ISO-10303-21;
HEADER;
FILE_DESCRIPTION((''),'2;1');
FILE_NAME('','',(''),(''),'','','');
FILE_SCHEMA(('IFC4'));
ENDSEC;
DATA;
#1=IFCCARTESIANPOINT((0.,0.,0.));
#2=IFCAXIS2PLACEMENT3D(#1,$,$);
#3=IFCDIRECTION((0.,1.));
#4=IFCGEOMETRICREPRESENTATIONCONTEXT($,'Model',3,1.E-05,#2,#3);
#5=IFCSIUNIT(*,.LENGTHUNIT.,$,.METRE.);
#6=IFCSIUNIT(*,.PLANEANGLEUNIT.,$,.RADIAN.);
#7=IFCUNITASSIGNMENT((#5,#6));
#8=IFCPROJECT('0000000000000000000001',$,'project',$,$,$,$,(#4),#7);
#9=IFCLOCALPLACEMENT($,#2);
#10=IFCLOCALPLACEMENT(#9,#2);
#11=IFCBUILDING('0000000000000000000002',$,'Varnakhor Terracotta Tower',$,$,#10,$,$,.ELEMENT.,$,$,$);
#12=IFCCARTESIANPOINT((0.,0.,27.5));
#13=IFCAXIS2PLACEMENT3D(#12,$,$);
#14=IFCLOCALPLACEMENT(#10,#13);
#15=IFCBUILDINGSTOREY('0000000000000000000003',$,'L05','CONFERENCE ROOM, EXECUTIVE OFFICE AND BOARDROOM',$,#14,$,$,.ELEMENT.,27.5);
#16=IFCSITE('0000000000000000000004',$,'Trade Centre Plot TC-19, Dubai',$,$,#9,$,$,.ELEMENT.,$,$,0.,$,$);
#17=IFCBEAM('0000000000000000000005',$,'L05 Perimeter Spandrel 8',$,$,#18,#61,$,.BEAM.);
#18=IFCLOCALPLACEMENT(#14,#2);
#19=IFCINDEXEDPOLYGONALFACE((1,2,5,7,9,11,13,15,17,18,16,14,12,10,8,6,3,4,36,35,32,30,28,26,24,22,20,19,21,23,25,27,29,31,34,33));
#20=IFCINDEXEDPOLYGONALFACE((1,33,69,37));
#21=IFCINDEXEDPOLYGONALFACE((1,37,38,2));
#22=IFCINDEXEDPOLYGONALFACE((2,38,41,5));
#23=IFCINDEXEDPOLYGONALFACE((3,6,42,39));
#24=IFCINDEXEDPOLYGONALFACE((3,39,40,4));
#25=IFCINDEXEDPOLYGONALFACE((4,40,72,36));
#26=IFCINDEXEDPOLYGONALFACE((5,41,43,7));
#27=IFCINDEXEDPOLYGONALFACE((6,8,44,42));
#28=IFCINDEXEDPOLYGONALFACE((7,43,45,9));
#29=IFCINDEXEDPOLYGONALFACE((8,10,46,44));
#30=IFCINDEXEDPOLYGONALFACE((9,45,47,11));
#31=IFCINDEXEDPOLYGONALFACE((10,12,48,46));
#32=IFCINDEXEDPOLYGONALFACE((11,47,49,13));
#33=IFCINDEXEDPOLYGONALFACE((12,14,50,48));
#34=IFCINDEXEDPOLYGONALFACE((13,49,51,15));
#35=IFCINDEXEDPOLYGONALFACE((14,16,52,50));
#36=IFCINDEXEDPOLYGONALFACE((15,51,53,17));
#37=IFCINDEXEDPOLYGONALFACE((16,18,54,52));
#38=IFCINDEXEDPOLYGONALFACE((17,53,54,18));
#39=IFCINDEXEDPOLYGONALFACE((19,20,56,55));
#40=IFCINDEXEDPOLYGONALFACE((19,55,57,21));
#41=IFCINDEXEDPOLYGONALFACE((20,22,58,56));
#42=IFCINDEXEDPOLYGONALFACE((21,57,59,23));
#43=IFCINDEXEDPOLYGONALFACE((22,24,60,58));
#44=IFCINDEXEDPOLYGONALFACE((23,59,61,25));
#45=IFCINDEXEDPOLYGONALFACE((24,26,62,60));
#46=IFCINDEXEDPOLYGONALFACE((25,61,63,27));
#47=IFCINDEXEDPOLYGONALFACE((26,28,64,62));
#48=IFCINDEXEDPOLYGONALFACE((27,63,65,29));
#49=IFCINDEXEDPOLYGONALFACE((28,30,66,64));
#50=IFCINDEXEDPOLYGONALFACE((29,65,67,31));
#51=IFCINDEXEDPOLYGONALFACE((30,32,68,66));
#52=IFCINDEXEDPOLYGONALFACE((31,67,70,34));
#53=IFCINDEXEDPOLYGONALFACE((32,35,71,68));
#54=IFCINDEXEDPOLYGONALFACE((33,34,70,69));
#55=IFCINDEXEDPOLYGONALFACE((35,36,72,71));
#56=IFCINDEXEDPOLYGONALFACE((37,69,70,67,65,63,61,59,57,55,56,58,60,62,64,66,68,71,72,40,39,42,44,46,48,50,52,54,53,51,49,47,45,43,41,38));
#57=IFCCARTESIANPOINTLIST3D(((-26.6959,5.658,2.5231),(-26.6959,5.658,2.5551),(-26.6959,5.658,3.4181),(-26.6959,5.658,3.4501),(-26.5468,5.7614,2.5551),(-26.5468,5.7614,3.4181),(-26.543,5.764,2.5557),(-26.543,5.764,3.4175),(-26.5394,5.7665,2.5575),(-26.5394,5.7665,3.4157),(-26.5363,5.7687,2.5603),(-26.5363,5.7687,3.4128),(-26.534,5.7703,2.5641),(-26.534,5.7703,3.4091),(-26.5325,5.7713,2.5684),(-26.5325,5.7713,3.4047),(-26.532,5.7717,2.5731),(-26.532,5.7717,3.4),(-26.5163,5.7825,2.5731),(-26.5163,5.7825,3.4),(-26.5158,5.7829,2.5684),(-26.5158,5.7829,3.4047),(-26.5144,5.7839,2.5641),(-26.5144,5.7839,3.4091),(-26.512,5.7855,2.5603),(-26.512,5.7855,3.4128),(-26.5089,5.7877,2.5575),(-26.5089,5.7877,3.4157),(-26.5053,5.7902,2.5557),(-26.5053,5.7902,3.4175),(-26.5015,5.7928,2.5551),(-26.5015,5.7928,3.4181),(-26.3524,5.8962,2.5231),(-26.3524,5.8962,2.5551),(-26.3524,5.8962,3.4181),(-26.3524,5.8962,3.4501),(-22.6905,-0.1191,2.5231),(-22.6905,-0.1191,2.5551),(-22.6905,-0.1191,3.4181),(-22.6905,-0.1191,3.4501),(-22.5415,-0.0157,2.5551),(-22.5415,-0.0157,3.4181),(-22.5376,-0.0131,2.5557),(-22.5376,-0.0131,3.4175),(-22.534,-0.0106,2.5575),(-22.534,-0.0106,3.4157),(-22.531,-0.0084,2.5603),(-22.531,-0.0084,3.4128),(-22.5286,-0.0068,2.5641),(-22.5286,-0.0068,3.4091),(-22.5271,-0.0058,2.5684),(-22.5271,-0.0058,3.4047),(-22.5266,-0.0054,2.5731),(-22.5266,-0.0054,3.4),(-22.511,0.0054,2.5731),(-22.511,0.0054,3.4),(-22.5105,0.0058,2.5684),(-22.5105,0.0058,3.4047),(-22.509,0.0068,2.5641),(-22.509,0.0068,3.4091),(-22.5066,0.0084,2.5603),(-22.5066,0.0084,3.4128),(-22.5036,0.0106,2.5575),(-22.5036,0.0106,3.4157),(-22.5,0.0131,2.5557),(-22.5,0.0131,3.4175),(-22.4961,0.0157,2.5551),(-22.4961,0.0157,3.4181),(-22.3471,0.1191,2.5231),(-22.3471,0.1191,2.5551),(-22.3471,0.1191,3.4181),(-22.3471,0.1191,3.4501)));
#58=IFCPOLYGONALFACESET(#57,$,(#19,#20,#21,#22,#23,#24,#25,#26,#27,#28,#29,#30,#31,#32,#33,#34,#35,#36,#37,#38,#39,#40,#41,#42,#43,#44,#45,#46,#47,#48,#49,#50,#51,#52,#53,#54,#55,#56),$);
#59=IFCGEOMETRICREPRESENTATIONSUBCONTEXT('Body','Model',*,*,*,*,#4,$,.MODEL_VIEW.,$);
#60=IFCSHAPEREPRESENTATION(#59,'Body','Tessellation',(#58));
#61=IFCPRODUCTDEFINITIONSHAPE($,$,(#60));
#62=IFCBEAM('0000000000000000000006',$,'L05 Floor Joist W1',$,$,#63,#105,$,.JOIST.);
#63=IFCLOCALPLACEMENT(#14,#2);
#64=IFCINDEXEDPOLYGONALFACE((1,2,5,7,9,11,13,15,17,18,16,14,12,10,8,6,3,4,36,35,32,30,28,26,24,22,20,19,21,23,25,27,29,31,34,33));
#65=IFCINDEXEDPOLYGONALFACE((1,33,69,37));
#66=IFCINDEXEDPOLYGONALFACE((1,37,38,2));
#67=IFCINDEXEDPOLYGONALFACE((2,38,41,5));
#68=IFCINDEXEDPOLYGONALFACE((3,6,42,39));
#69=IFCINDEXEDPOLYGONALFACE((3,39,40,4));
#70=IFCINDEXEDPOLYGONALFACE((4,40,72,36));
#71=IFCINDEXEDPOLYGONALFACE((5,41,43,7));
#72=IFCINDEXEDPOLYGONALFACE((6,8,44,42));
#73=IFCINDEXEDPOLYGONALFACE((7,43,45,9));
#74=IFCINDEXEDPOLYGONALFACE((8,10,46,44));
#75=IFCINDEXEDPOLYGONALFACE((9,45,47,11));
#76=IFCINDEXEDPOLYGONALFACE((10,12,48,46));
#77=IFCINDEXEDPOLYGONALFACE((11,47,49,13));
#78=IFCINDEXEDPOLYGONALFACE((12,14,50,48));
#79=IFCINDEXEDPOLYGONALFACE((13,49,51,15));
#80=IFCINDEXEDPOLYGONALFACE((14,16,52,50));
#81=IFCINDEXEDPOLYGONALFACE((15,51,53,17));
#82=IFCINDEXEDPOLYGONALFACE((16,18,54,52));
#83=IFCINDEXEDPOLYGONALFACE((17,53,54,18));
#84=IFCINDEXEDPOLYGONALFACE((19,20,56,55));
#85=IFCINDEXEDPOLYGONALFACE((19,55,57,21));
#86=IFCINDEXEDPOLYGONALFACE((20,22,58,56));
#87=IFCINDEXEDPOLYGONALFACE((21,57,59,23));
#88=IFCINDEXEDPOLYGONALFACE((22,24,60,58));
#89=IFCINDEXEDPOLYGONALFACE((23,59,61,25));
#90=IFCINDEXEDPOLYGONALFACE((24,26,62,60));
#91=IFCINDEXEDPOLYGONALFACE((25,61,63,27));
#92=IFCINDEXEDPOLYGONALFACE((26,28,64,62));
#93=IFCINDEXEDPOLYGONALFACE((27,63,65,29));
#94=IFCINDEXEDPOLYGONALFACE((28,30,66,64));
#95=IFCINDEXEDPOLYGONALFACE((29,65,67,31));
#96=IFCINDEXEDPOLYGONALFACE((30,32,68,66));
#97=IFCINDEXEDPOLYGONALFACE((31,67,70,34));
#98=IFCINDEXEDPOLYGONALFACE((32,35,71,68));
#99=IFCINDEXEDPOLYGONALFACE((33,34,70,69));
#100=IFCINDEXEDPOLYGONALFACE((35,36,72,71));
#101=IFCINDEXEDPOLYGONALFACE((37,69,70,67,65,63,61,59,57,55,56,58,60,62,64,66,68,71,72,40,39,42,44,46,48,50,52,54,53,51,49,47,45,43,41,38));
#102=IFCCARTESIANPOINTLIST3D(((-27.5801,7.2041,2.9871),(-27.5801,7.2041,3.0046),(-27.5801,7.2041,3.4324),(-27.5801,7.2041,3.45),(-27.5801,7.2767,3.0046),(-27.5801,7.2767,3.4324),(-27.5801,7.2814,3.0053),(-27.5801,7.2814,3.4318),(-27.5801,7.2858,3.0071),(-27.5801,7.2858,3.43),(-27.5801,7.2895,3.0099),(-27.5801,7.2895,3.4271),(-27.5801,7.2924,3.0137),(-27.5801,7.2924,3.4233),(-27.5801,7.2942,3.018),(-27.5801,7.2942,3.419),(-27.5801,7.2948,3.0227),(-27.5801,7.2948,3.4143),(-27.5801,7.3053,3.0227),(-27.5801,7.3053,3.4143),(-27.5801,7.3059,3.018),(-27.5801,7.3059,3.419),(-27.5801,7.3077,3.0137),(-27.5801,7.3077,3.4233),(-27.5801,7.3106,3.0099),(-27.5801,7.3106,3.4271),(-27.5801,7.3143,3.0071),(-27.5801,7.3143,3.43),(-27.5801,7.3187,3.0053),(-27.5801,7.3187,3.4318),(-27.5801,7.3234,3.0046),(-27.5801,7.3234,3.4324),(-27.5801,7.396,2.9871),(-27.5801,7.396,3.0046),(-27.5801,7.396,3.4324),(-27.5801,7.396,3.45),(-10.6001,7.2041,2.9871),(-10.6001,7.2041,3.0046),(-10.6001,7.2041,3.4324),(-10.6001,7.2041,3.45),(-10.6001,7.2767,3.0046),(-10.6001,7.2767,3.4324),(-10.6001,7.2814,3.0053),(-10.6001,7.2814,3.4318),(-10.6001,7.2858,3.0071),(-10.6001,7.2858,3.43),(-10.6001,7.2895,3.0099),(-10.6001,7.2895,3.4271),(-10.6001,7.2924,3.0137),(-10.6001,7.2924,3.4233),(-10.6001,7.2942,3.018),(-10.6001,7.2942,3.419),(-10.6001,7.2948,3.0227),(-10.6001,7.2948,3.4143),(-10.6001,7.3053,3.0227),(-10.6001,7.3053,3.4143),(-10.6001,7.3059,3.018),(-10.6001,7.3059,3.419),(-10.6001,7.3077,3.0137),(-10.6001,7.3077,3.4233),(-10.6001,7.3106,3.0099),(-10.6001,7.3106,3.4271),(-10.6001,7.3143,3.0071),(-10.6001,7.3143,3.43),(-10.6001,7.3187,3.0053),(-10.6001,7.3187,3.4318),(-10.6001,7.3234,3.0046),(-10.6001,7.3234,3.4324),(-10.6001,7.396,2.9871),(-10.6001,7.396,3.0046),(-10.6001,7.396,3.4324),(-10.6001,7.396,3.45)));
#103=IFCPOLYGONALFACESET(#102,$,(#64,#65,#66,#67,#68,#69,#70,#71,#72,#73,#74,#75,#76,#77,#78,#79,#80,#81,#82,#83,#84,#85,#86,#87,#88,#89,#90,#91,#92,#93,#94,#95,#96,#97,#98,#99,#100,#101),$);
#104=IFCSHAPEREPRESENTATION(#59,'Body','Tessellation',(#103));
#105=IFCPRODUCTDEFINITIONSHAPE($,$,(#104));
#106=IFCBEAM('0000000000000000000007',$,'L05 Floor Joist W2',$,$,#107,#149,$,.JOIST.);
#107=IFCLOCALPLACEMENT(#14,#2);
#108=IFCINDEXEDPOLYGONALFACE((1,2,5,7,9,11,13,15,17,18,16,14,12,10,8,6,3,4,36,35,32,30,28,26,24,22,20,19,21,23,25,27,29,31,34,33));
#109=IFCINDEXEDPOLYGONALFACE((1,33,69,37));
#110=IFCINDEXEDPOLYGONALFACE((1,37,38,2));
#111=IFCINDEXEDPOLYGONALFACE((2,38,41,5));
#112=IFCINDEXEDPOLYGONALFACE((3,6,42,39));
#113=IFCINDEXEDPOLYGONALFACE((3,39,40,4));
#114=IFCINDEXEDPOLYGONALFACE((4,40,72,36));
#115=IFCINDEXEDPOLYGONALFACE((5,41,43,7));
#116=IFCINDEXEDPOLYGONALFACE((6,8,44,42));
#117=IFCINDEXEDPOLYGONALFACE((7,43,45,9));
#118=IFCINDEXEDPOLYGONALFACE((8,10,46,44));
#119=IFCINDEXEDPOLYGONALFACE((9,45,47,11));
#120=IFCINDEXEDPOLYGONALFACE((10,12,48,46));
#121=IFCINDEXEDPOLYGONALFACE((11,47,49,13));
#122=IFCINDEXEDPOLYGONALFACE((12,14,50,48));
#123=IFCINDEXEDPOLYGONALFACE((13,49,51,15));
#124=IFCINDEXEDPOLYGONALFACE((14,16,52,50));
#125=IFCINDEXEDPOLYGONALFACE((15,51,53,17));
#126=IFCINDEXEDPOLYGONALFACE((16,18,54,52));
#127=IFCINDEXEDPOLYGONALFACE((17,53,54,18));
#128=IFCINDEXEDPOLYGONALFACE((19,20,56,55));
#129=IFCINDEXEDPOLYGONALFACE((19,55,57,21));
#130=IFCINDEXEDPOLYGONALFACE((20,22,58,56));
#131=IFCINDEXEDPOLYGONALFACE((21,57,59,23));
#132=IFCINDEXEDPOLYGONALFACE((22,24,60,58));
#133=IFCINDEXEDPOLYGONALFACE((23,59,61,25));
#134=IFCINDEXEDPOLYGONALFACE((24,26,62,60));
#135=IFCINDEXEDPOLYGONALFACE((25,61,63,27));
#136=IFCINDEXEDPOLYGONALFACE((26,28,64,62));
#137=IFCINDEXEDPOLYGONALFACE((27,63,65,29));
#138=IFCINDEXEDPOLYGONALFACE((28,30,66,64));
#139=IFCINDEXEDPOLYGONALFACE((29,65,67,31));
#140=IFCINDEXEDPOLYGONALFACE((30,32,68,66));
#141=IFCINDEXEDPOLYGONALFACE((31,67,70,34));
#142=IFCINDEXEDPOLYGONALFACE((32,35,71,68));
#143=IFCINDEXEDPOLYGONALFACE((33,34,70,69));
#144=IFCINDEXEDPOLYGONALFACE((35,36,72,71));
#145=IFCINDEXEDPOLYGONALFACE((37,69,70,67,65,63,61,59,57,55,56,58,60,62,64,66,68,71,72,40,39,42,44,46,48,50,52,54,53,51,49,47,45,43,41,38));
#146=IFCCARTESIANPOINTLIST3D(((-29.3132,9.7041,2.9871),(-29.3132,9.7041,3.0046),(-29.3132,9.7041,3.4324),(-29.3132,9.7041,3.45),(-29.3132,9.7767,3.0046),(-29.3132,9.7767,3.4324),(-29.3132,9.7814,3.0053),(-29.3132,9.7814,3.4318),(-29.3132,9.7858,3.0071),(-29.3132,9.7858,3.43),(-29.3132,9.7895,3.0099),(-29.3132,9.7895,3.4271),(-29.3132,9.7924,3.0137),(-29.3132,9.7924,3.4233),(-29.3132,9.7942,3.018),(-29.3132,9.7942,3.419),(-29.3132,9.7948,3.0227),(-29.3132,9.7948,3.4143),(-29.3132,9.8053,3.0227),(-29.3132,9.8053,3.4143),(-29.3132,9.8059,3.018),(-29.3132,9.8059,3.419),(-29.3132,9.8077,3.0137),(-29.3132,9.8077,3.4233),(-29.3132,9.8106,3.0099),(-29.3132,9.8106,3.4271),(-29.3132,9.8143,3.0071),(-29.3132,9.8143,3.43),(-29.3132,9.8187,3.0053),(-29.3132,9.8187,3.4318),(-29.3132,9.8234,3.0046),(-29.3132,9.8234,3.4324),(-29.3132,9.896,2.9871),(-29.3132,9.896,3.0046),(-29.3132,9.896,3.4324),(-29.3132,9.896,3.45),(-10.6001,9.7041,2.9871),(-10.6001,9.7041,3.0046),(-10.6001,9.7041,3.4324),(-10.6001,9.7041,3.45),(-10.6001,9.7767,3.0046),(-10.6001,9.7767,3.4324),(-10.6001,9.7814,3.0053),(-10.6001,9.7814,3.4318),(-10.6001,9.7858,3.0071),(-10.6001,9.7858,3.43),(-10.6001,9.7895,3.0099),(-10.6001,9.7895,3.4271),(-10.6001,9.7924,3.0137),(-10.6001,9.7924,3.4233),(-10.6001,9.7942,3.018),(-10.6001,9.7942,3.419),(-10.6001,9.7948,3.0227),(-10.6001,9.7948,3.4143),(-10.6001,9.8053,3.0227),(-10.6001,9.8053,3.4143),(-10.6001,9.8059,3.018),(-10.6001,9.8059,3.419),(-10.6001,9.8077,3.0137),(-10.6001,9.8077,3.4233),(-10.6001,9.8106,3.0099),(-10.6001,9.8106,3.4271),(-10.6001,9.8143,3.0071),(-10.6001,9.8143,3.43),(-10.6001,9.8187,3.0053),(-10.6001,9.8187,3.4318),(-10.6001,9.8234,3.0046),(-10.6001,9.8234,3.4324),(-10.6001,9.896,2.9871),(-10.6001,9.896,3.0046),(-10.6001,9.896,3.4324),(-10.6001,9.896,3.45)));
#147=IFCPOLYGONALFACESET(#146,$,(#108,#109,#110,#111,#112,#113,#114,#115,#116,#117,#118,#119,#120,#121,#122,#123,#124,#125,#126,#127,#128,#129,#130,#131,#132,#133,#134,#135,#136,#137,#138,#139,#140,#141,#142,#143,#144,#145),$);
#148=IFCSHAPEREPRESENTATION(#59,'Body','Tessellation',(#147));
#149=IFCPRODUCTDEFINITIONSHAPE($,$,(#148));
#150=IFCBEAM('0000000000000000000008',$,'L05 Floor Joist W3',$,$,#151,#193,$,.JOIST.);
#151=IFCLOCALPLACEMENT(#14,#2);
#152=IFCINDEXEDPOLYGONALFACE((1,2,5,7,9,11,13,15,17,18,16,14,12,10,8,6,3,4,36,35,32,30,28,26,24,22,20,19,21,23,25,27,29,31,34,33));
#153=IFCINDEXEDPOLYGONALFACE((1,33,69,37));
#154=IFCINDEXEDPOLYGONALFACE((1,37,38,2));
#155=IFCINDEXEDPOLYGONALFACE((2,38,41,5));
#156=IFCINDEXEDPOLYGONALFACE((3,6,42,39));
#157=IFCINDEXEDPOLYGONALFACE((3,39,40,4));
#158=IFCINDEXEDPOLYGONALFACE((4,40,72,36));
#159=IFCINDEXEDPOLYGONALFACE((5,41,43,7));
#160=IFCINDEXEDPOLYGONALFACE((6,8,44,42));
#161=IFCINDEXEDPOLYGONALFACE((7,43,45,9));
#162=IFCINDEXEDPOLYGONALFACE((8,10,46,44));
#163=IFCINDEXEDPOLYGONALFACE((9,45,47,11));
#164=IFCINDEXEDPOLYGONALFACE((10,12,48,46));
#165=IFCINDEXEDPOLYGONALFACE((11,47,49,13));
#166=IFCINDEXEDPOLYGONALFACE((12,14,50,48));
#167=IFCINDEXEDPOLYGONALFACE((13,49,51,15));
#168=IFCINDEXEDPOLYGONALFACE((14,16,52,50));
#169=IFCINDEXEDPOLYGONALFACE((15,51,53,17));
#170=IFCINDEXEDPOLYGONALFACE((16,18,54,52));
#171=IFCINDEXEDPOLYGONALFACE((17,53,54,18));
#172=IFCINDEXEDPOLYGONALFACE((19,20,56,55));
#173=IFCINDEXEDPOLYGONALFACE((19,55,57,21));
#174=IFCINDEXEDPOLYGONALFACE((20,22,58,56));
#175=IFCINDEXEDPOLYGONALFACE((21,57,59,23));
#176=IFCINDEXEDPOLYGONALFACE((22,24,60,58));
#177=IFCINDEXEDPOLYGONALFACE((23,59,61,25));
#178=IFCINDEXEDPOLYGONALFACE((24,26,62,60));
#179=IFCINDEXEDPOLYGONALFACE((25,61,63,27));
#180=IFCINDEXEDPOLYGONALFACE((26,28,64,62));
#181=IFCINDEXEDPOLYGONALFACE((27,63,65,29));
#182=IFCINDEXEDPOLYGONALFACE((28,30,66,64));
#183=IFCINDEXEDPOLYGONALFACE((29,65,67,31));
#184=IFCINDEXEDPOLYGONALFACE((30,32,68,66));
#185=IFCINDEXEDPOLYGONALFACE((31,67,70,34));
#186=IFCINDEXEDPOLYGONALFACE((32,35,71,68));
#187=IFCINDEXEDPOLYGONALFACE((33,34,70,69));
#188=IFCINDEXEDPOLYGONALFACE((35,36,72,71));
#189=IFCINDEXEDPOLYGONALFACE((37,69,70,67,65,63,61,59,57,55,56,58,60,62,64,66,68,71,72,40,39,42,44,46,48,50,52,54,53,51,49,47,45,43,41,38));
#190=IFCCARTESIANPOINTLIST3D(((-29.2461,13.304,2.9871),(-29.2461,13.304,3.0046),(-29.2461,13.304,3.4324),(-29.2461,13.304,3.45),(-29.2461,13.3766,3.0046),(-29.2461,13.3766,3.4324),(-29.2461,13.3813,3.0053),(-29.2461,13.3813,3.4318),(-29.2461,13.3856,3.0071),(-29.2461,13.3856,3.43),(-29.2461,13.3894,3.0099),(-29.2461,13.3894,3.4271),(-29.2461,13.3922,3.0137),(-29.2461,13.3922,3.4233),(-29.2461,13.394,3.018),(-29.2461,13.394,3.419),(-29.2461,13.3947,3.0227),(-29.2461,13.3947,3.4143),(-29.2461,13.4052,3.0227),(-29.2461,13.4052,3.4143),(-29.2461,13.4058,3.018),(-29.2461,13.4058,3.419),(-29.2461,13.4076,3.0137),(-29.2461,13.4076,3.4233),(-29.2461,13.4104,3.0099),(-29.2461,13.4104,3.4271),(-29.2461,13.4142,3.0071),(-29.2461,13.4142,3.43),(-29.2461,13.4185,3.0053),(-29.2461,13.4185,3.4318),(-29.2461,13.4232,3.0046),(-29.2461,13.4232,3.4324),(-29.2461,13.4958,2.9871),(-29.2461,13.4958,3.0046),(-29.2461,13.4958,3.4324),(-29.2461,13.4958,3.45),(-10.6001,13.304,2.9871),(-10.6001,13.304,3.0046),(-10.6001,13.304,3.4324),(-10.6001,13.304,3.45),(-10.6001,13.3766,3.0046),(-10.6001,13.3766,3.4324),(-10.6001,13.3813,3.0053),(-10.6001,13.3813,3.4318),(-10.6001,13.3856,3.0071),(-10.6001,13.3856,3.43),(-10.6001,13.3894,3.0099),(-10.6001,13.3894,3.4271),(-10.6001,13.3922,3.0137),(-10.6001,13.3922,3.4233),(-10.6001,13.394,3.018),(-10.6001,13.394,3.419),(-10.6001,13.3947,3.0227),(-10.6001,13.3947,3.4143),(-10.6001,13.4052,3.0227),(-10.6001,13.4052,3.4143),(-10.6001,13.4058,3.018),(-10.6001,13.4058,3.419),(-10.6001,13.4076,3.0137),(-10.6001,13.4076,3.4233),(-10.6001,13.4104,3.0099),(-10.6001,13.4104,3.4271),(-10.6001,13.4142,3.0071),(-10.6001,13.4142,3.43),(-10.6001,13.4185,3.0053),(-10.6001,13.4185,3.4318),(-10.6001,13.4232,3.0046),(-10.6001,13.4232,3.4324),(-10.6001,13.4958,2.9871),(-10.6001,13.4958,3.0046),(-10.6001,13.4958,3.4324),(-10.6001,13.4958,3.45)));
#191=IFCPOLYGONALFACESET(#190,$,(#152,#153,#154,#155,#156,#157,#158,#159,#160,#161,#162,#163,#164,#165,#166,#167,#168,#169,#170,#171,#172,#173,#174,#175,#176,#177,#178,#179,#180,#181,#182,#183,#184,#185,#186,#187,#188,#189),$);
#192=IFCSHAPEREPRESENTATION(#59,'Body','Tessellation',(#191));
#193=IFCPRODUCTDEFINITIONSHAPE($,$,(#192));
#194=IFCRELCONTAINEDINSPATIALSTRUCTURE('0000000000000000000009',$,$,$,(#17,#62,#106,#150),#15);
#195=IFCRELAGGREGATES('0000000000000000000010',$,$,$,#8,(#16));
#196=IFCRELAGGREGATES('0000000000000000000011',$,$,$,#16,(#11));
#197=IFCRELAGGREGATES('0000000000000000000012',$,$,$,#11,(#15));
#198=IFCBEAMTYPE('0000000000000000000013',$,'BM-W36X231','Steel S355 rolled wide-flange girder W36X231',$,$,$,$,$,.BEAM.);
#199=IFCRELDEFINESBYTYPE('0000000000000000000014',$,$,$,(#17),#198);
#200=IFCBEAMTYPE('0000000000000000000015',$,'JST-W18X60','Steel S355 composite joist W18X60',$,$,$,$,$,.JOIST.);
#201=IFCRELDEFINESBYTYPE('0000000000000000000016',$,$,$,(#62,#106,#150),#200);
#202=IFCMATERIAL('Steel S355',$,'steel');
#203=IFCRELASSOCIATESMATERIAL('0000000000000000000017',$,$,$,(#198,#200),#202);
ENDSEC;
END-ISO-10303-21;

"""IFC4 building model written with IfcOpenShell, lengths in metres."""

from ifc_helpers import new_model, si_unit, direction, frame, origin, origin_2d, place, context, subcontext, project, spatial, i_section, extrude, source, transform, mapped, material, material_profile, profile_set, type_object, type_shapes, element, save


model = new_model("IFC4")

# Units and contexts
model_context = context("Model", 3, precision=1e-05, world=origin(), true_north=direction((0.0, 1.0)))
body_context = subcontext(model_context, "Body", "Model", "MODEL_VIEW")
ifc_project = project(units=[si_unit("LENGTHUNIT", "METRE"), si_unit("PLANEANGLEUNIT", "RADIAN")], contexts=[model_context])

# Site, building, storey
site_placement = place(None, origin())
site = spatial("IfcSite", under=ifc_project, at=site_placement, Name="Trade Centre Plot TC-19, Dubai", CompositionType="ELEMENT", RefElevation=0.0)
building_placement = place(site_placement, origin())
building = spatial("IfcBuilding", under=site, at=building_placement, Name="Varnakhor Terracotta Tower", CompositionType="ELEMENT")
storey_placement = place(building_placement, frame((0.0, 0.0, 27.5)))
storey = spatial("IfcBuildingStorey", under=building, at=storey_placement, Name="L05", Description="CONFERENCE ROOM, EXECUTIVE OFFICE AND BOARDROOM", CompositionType="ELEMENT", Elevation=27.5)

# Beams
ifc_material_1 = material(Name="Steel S355", Category="steel")
ifc_material_profile_1 = material_profile(ifc_material_1, i_section(OverallWidth=0.418, OverallDepth=0.927, WebThickness=0.019, FlangeThickness=0.032, FilletRadius=0.0181, at=origin_2d()), Name="W36X231")
ifc_profile_set_1 = profile_set([ifc_material_profile_1], Name="Steel S355")
beam_type_1 = type_object("IfcBeamType", Name="BM-W36X231", Description="Steel S355 rolled wide-flange girder W36X231", PredefinedType="BEAM", material=ifc_profile_set_1)
shared_shape_1 = source(origin(), body_context, "Body", "SweptSolid", [
    extrude(i_section(OverallWidth=0.418, OverallDepth=0.927, WebThickness=0.019, FlangeThickness=0.032, FilletRadius=0.0181, at=origin_2d()), origin(), (0.0, 0.0, 1.0), 7.0298),
])
for number, where, z_axis, x_axis, name in (
    (1, (-26.5242, 5.7771, 2.9866), (0.569771, -0.821803, 0.0), (0.821803, 0.569771, 0.0), "L05 Perimeter Spandrel 8"),
):
    element("IfcBeam", number, at=place(storey_placement, frame(where, z_axis=z_axis, x_axis=x_axis)), inside=storey, type_object=beam_type_1, Name=name, PredefinedType="BEAM", context=body_context, shape_type="MappedRepresentation", body=[
        mapped(shared_shape_1, transform((0.0, 0.0, 0.0), scale=1.0)),
    ])
ifc_material_profile_2 = material_profile(ifc_material_1, i_section(OverallWidth=0.1919, OverallDepth=0.4629, WebThickness=0.0105, FlangeThickness=0.0176, FilletRadius=0.0181, at=origin_2d()), Name="W18X60")
ifc_profile_set_2 = profile_set([ifc_material_profile_2], Name="Steel S355")
beam_type_2 = type_object("IfcBeamType", Name="JST-W18X60", Description="Steel S355 composite joist W18X60", PredefinedType="JOIST", material=ifc_profile_set_2)
shared_shape_2 = source(origin(), body_context, "Body", "SweptSolid", [
    extrude(i_section(OverallWidth=0.1919, OverallDepth=0.4629, WebThickness=0.0105, FlangeThickness=0.0176, FilletRadius=0.0181, at=origin_2d()), origin(), (0.0, 0.0, 1.0), 16.98),
])
type_shapes(beam_type_2, [shared_shape_2])
beam_1_placement = place(storey_placement, frame((-27.5801, 7.3, 3.2185), z_axis=(1.0, 0.0, 0.0), x_axis=(0.0, 1.0, 0.0)))
element("IfcBeam", 2, at=beam_1_placement, inside=storey, type_object=beam_type_2, Name="L05 Floor Joist W1", PredefinedType="JOIST", context=body_context, shape_type="MappedRepresentation", body=[
    mapped(shared_shape_2, transform((0.0, 0.0, 0.0), scale=1.0)),
])
shared_shape_3 = source(origin(), body_context, "Body", "SweptSolid", [
    extrude(i_section(OverallWidth=0.1919, OverallDepth=0.4629, WebThickness=0.0105, FlangeThickness=0.0176, FilletRadius=0.0181, at=origin_2d()), origin(), (0.0, 0.0, 1.0), 18.7131),
])
beam_2_placement = place(storey_placement, frame((-29.3132, 9.8, 3.2185), z_axis=(1.0, 0.0, 0.0), x_axis=(0.0, 1.0, 0.0)))
element("IfcBeam", 3, at=beam_2_placement, inside=storey, type_object=beam_type_2, Name="L05 Floor Joist W2", PredefinedType="JOIST", context=body_context, shape_type="MappedRepresentation", body=[
    mapped(shared_shape_3, transform((0.0, 0.0, 0.0), scale=1.0)),
])
shared_shape_4 = source(origin(), body_context, "Body", "SweptSolid", [
    extrude(i_section(OverallWidth=0.1919, OverallDepth=0.4629, WebThickness=0.0105, FlangeThickness=0.0176, FilletRadius=0.0181, at=origin_2d()), origin(), (0.0, 0.0, 1.0), 18.646),
])
beam_3_placement = place(storey_placement, frame((-29.2461, 13.3999, 3.2185), z_axis=(1.0, 0.0, 0.0), x_axis=(0.0, 1.0, 0.0)))
element("IfcBeam", 4, at=beam_3_placement, inside=storey, type_object=beam_type_2, Name="L05 Floor Joist W3", PredefinedType="JOIST", context=body_context, shape_type="MappedRepresentation", body=[
    mapped(shared_shape_4, transform((0.0, 0.0, 0.0), scale=1.0)),
])

save(model, "model.ifc")
